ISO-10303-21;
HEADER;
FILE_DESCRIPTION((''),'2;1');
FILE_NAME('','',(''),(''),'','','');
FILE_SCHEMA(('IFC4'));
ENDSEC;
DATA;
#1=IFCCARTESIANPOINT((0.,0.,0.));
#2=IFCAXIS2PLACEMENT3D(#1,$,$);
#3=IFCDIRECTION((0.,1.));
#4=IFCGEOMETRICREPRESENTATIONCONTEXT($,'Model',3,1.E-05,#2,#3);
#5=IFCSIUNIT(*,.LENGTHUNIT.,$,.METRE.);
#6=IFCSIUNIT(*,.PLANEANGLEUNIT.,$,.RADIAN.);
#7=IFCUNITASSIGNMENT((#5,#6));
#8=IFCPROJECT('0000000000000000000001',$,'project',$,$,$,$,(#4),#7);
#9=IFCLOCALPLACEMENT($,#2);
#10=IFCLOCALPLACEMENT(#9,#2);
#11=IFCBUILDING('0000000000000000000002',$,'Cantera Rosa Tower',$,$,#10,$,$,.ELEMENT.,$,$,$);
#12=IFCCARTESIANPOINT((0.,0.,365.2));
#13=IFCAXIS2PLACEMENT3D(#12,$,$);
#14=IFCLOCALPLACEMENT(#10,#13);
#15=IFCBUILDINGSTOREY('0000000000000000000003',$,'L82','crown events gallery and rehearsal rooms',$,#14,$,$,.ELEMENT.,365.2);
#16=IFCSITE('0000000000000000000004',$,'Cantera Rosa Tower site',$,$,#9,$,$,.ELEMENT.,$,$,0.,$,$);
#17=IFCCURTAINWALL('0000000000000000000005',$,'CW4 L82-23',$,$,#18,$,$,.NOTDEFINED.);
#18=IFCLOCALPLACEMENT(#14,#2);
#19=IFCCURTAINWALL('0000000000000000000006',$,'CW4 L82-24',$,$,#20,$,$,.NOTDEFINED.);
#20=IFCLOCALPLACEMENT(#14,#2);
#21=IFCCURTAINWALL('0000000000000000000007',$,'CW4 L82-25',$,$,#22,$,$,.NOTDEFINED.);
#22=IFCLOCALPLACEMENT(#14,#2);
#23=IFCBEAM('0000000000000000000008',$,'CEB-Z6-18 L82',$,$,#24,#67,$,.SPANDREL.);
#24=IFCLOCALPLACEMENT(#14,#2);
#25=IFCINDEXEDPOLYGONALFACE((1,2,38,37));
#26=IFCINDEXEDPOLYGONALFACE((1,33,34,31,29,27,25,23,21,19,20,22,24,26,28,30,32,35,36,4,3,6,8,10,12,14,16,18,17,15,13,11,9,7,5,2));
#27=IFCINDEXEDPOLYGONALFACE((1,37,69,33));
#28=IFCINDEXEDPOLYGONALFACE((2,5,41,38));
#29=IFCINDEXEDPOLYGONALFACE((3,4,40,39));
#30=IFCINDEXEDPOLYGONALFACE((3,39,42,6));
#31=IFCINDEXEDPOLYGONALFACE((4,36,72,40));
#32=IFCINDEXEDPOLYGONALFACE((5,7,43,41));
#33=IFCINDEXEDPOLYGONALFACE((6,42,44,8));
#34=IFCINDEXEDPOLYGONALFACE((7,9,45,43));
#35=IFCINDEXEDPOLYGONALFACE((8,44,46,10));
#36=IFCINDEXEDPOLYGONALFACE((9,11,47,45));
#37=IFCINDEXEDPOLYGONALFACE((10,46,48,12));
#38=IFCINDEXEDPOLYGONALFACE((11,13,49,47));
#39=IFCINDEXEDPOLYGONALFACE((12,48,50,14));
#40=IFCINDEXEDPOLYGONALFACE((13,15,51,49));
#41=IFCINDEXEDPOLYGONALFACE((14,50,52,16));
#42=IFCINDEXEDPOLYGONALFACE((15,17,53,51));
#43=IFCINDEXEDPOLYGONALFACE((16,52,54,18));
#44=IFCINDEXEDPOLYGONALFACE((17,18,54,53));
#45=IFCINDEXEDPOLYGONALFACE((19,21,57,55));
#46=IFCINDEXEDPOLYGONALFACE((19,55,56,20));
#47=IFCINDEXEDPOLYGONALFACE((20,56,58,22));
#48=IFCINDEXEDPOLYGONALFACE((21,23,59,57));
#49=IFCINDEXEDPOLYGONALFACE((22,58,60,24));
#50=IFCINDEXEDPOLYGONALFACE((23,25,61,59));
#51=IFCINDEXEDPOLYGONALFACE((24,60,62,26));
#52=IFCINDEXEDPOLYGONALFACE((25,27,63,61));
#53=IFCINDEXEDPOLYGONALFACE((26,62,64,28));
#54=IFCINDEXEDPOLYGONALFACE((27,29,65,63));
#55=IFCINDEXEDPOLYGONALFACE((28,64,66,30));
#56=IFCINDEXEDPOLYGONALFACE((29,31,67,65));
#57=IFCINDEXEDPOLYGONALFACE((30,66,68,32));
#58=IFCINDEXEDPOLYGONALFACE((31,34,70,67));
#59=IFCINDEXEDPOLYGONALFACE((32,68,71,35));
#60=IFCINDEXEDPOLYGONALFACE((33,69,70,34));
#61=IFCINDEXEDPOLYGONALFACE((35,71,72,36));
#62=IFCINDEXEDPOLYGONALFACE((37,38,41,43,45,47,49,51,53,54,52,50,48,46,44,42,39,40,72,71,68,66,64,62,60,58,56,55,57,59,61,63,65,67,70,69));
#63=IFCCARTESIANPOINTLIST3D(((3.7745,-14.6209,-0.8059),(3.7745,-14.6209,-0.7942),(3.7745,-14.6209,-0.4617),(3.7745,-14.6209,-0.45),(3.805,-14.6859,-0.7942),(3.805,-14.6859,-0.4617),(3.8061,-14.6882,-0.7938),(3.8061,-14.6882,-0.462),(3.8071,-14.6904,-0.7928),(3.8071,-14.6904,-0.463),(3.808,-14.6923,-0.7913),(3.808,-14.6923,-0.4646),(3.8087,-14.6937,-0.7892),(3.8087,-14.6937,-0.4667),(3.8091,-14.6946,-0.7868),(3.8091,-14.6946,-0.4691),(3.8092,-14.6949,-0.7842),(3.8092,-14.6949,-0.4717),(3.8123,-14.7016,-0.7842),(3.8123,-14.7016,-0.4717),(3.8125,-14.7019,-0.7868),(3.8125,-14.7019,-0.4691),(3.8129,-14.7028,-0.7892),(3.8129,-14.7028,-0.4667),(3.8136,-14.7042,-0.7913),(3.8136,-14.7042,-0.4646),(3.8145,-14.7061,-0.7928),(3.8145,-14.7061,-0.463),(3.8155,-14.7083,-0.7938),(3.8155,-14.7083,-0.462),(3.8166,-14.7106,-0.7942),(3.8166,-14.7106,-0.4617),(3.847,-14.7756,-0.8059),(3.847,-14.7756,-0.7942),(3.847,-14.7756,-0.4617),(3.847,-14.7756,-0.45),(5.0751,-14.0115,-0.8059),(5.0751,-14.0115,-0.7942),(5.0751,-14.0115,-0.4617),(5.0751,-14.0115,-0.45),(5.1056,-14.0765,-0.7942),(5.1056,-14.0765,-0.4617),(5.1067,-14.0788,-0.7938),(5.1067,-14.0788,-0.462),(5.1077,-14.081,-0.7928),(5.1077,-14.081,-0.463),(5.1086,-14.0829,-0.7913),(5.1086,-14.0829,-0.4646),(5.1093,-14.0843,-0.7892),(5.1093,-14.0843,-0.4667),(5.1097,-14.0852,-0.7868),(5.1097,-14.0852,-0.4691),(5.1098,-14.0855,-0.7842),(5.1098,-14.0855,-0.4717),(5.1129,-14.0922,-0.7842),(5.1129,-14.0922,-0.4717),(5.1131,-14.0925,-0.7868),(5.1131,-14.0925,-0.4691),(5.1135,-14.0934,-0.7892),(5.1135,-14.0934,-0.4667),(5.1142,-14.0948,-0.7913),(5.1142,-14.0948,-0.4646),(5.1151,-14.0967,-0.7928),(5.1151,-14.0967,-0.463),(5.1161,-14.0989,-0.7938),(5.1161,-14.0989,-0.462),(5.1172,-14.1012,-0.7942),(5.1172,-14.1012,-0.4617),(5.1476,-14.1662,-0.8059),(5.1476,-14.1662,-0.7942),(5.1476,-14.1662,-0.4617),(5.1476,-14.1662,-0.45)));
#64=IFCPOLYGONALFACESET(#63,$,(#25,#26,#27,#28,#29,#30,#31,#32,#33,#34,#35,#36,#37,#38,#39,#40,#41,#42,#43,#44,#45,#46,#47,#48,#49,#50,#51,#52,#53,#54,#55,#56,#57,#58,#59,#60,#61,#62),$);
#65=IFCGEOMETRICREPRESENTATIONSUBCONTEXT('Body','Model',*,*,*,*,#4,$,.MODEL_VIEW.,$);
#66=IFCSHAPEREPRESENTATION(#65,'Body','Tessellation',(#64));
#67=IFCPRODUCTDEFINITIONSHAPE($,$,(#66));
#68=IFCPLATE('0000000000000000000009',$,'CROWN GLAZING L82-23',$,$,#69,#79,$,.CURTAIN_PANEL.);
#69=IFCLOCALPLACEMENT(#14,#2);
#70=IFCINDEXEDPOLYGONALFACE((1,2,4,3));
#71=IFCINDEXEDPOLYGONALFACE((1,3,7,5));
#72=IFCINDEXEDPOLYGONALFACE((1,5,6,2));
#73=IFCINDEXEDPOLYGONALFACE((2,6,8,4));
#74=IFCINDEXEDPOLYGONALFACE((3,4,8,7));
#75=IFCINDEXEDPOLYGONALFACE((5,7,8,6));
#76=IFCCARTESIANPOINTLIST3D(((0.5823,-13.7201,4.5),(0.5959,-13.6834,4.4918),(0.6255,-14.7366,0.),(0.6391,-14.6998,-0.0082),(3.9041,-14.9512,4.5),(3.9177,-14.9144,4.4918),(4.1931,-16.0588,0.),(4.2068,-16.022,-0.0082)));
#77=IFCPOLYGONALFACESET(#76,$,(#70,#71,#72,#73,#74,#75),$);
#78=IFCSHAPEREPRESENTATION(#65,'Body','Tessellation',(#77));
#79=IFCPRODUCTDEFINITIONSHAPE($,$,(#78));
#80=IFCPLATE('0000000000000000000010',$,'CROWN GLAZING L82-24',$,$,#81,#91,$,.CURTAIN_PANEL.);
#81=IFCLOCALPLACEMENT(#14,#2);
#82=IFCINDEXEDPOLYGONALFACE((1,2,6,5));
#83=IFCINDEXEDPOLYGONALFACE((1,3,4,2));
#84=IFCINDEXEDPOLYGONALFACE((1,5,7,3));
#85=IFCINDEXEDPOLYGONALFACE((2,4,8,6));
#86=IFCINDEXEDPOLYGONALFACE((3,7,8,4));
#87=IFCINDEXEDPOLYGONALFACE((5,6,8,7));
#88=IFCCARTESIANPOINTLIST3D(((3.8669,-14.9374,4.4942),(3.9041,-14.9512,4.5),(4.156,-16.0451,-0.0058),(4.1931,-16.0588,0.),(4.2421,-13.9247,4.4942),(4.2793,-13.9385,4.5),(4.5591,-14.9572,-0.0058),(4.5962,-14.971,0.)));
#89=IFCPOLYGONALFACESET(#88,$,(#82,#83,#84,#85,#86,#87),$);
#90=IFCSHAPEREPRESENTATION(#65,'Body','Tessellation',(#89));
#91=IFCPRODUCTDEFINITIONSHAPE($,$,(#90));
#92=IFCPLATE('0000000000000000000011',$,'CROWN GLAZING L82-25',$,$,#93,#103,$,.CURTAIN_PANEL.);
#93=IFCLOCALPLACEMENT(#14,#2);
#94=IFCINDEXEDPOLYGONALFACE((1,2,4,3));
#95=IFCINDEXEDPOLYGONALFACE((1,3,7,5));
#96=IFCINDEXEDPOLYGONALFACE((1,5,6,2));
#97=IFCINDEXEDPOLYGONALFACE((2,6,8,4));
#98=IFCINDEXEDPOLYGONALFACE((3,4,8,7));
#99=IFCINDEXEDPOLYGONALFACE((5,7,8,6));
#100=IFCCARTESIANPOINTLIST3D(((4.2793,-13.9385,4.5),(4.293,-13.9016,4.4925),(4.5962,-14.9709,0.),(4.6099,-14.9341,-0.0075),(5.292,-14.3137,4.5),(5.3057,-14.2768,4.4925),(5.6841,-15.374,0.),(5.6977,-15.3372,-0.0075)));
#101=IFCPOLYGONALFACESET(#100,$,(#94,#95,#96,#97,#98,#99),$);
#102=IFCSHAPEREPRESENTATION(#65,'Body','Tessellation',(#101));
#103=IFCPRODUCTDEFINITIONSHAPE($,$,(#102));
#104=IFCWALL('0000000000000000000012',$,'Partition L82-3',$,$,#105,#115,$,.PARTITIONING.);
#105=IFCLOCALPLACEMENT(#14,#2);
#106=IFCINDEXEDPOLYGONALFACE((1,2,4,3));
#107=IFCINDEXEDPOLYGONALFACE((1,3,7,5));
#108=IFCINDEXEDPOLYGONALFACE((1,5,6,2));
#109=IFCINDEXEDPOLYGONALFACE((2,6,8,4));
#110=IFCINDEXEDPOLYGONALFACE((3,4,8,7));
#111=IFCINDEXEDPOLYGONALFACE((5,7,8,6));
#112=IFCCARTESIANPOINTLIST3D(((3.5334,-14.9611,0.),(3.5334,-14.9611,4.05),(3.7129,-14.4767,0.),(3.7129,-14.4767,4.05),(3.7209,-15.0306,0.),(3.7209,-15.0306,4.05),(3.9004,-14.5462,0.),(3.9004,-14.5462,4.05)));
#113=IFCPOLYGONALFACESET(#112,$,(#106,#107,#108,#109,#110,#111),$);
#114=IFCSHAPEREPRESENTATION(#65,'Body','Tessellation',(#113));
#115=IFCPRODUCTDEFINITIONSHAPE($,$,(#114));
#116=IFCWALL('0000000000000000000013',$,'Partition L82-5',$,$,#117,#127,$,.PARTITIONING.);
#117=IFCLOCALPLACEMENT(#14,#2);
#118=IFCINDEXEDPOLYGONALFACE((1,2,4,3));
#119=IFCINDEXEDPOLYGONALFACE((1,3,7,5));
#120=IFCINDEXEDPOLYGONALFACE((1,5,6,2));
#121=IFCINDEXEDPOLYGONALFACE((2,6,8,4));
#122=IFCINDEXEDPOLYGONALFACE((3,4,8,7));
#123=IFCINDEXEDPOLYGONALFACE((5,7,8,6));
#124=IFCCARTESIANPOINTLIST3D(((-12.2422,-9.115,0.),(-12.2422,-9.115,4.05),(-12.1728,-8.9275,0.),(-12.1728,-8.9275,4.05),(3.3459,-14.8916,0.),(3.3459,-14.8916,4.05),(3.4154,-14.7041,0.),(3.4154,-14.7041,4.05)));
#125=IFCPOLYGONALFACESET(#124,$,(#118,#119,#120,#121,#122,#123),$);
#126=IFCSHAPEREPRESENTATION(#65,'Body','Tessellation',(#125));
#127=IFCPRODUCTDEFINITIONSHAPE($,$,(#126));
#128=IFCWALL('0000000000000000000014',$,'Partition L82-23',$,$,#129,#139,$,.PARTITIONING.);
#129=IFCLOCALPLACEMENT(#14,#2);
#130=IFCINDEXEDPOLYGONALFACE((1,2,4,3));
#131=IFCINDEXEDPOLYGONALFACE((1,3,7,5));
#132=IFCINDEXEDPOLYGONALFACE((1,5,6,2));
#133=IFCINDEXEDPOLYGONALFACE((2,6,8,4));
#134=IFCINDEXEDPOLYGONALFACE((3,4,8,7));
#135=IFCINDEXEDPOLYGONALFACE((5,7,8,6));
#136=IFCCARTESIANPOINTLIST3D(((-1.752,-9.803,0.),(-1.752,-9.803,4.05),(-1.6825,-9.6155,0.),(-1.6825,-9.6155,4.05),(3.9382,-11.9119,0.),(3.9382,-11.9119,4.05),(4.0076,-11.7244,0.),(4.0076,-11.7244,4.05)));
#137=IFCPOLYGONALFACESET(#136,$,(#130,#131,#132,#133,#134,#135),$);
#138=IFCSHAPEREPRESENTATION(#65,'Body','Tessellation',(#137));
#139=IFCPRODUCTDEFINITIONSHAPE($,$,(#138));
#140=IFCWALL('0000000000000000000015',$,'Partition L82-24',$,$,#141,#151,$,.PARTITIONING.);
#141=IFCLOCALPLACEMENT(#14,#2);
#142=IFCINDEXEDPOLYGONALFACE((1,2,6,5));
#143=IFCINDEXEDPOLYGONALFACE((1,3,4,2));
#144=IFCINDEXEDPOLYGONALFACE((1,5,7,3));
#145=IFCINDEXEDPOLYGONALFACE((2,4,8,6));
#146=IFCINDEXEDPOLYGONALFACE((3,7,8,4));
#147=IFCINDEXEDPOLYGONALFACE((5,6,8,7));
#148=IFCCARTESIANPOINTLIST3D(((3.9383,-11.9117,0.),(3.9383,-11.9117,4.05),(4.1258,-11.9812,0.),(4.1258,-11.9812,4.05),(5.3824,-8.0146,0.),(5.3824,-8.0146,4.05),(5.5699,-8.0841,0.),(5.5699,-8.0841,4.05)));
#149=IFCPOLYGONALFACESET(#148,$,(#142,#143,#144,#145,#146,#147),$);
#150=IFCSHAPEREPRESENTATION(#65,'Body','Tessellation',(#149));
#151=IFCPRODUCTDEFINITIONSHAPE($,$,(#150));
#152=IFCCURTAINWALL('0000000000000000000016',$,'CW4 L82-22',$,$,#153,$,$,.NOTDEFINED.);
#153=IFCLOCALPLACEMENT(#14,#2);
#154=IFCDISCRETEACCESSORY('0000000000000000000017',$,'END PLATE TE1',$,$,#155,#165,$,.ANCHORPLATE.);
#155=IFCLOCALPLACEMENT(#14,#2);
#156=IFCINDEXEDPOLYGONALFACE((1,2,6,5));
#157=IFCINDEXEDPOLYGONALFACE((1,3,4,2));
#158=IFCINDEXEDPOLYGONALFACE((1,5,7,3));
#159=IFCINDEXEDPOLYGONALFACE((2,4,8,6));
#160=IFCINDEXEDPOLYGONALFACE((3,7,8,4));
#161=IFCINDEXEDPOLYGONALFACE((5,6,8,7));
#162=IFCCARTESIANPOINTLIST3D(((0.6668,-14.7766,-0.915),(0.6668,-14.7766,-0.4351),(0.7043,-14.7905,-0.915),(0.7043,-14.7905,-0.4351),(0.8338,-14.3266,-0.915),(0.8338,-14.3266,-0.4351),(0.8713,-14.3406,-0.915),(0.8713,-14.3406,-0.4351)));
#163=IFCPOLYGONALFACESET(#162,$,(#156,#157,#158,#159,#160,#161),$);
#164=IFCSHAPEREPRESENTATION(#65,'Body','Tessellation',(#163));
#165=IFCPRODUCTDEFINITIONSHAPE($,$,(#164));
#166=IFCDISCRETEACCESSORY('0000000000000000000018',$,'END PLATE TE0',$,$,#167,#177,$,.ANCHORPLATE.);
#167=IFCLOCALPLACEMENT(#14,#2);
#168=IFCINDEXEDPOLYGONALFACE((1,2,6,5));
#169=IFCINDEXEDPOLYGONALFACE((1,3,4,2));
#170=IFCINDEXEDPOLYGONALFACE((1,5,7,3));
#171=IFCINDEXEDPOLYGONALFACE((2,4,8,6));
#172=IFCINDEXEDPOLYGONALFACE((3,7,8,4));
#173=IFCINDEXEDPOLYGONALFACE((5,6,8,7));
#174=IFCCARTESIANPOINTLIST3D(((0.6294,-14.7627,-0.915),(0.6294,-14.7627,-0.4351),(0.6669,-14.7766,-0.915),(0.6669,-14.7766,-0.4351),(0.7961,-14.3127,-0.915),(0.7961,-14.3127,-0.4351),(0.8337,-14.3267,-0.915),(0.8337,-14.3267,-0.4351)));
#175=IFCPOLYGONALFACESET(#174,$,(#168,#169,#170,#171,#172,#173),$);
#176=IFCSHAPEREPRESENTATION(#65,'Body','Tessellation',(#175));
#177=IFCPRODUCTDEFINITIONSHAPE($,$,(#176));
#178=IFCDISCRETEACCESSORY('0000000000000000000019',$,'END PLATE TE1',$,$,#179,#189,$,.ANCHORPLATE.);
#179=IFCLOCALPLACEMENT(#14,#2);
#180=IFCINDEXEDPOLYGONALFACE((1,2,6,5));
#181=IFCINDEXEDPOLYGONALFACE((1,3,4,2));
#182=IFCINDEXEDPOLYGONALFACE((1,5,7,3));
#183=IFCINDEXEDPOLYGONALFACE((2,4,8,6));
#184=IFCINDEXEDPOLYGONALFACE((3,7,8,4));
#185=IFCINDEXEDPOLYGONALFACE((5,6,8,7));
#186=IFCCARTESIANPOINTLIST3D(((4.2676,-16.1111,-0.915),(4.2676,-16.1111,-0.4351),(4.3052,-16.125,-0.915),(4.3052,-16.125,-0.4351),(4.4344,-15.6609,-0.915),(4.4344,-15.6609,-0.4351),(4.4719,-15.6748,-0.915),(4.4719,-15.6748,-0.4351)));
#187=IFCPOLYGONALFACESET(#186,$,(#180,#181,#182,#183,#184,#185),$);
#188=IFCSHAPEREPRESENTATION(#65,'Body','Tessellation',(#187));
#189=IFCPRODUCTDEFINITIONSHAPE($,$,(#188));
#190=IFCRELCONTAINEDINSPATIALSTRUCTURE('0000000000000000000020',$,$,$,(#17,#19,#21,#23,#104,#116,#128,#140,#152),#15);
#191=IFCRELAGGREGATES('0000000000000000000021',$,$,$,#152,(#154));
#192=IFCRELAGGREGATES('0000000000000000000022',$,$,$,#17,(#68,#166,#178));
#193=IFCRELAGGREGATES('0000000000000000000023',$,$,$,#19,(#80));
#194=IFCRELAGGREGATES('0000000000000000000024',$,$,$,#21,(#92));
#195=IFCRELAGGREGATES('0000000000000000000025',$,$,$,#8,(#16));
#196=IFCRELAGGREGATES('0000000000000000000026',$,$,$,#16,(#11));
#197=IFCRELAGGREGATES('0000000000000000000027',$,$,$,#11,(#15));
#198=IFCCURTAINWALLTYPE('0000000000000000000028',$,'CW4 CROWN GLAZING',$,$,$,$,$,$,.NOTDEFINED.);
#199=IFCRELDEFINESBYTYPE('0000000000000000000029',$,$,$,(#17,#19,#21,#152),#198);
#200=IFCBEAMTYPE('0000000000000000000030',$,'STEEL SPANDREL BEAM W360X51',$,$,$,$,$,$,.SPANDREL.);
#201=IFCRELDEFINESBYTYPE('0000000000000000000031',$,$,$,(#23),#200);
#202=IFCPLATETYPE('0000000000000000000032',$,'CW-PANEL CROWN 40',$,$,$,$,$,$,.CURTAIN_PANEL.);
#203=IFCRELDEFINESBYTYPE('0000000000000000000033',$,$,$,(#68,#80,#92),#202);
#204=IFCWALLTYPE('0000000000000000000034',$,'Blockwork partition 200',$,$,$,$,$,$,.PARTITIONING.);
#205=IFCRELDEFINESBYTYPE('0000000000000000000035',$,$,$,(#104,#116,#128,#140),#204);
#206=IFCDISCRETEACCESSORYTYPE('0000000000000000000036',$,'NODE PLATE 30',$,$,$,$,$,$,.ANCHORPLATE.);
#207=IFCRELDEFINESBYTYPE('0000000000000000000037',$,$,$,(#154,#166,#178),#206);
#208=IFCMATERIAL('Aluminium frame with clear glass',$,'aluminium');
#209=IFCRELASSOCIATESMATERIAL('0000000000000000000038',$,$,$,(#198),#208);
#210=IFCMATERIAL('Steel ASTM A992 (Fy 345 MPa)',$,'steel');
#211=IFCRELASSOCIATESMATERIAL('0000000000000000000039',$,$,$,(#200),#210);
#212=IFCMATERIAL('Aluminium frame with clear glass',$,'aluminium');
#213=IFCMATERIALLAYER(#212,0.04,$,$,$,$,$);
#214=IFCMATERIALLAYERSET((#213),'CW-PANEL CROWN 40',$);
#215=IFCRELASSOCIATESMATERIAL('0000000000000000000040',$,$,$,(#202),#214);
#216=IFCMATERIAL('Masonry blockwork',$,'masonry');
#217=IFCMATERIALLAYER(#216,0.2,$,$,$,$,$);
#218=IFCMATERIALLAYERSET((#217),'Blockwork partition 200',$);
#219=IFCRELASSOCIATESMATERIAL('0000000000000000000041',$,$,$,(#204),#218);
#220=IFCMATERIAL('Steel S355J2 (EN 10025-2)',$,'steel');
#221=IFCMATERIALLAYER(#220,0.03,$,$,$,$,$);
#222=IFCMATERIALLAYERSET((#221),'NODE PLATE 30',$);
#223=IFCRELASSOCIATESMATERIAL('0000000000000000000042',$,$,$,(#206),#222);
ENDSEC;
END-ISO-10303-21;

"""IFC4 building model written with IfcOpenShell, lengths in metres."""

from ifc_helpers import new_model, si_unit, direction, frame, frame_2d, origin, origin_2d, place, context, subcontext, project, spatial, polyline, rectangle, i_section, outline, extrude, material, layer, layer_set, material_profile, profile_set, type_object, element, aggregate, save


model = new_model("IFC4")

# Units and contexts
model_context = context("Model", 3, precision=1e-05, world=origin(), true_north=direction((0.0, 1.0)))
body_context = subcontext(model_context, "Body", "Model", "MODEL_VIEW")
ifc_project = project(units=[si_unit("LENGTHUNIT", "METRE"), si_unit("PLANEANGLEUNIT", "RADIAN")], contexts=[model_context])

# Site, building, storey
site_placement = place(None, origin())
site = spatial("IfcSite", under=ifc_project, at=site_placement, Name="Cantera Rosa Tower site", CompositionType="ELEMENT", RefElevation=0.0)
building_placement = place(site_placement, origin())
building = spatial("IfcBuilding", under=site, at=building_placement, Name="Cantera Rosa Tower", CompositionType="ELEMENT")
storey_placement = place(building_placement, frame((0.0, 0.0, 365.2)))
storey = spatial("IfcBuildingStorey", under=building, at=storey_placement, Name="L82", Description="crown events gallery and rehearsal rooms", CompositionType="ELEMENT", Elevation=365.2)

# Curtain walls
ifc_material_1 = material(Name="Aluminium frame with clear glass", Category="aluminium")
curtain_wall_type = type_object("IfcCurtainWallType", Name="CW4 CROWN GLAZING", PredefinedType="NOTDEFINED", material=ifc_material_1)
curtain_wall_1_placement = place(storey_placement, origin())
curtain_wall_1 = element("IfcCurtainWall", 1, at=curtain_wall_1_placement, inside=storey, type_object=curtain_wall_type, Name="CW4 L82-23", PredefinedType="NOTDEFINED")
curtain_wall_2_placement = place(storey_placement, origin())
curtain_wall_2 = element("IfcCurtainWall", 2, at=curtain_wall_2_placement, inside=storey, type_object=curtain_wall_type, Name="CW4 L82-24", PredefinedType="NOTDEFINED")
curtain_wall_3_placement = place(storey_placement, origin())
curtain_wall_3 = element("IfcCurtainWall", 3, at=curtain_wall_3_placement, inside=storey, type_object=curtain_wall_type, Name="CW4 L82-25", PredefinedType="NOTDEFINED")

# Beam
ifc_material_2 = material(Name="Steel ASTM A992 (Fy 345 MPa)", Category="steel")
ifc_material_profile_1 = material_profile(ifc_material_2, i_section(OverallWidth=0.1709, OverallDepth=0.356, WebThickness=0.0073, FlangeThickness=0.0117, FilletRadius=0.01, at=origin_2d()), Name="W360X51")
ifc_profile_set_1 = profile_set([ifc_material_profile_1], Name="Steel ASTM A992 (Fy 345 MPa)")
beam_type = type_object("IfcBeamType", Name="STEEL SPANDREL BEAM W360X51", PredefinedType="SPANDREL", material=ifc_profile_set_1)
beam_1_placement = place(storey_placement, frame((3.8108, -14.6982, -0.6279), z_axis=(0.905526, 0.42429, 0.0), x_axis=(-0.42429, 0.905526, 0.0)))
element("IfcBeam", 4, at=beam_1_placement, inside=storey, type_object=beam_type, Name="CEB-Z6-18 L82", PredefinedType="SPANDREL", context=body_context, shape_type="SweptSolid", body=[
    extrude(i_section(OverallWidth=0.1709, OverallDepth=0.356, WebThickness=0.0073, FlangeThickness=0.0117, FilletRadius=0.01, at=origin_2d()), origin(), (0.0, 0.0, 1.0), 1.4363),
])

# Plates
ifc_material_3 = material(Name="Aluminium frame with clear glass", Category="aluminium")
ifc_layer_1 = layer(ifc_material_3, 0.04)
ifc_layer_set_1 = layer_set([ifc_layer_1], Name="CW-PANEL CROWN 40")
plate_type = type_object("IfcPlateType", Name="CW-PANEL CROWN 40", PredefinedType="CURTAIN_PANEL", material=ifc_layer_set_1)
plate_1_placement = place(storey_placement, frame((0.6255, -14.7366, 0.0), z_axis=(-0.340191, -0.917944, 0.204078), x_axis=(0.937678, -0.347506, -0.000005)))
plate_1 = element("IfcPlate", 5, at=plate_1_placement, type_object=plate_type, Name="CROWN GLAZING L82-23", PredefinedType="CURTAIN_PANEL", context=body_context, shape_type="SweptSolid", body=[
    extrude(outline(polyline([(0.0, 0.0), (3.8048, 0.0), (3.1488, 4.5968), (-0.3937, 4.5967), (0.0, 0.0)])), origin(), (0.0, 0.0, -1.0), 0.04),
])
plate_2_placement = place(storey_placement, frame((4.1931, -16.0588, 0.0), z_axis=(0.927897, -0.343809, 0.144229), x_axis=(0.347442, 0.937702, 0.000002)))
plate_2 = element("IfcPlate", 6, at=plate_2_placement, type_object=plate_type, Name="CROWN GLAZING L82-24", PredefinedType="CURTAIN_PANEL", context=body_context, shape_type="SweptSolid", body=[
    extrude(outline(polyline([(0.0, 0.0), (1.1602, 0.0), (2.0182, 4.5475), (0.9382, 4.5475), (0.0, 0.0)])), origin(), (0.0, 0.0, -1.0), 0.04),
])
plate_3_placement = place(storey_placement, frame((4.5962, -14.9709, 0.0), z_axis=(-0.341293, -0.921107, 0.1873), x_axis=(0.937702, -0.347442, 0.000002)))
plate_3 = element("IfcPlate", 7, at=plate_3_placement, type_object=plate_type, Name="CROWN GLAZING L82-25", PredefinedType="CURTAIN_PANEL", context=body_context, shape_type="SweptSolid", body=[
    extrude(outline(polyline([(0.0, 0.0), (1.1602, 0.0), (0.4241, 4.5811), (-0.6559, 4.5811), (0.0, 0.0)])), origin(), (0.0, 0.0, -1.0), 0.04),
])

# Walls
ifc_material_4 = material(Name="Masonry blockwork", Category="masonry")
ifc_layer_2 = layer(ifc_material_4, 0.2)
ifc_layer_set_2 = layer_set([ifc_layer_2], Name="Blockwork partition 200")
wall_type = type_object("IfcWallType", Name="Blockwork partition 200", PredefinedType="PARTITIONING", material=ifc_layer_set_2)
wall_1_placement = place(storey_placement, frame((3.6272, -14.9958, 0.0), z_axis=(0.0, 0.0, 1.0), x_axis=(0.347391, 0.93772, 0.0)))
element("IfcWall", 8, at=wall_1_placement, inside=storey, type_object=wall_type, Name="Partition L82-3", PredefinedType="PARTITIONING", context=body_context, shape_type="SweptSolid", body=[
    extrude(rectangle(XDim=0.5166, YDim=0.2, at=frame_2d((0.2583, 0.0))), origin(), (0.0, 0.0, 1.0), 4.05),
])
wall_2_placement = place(storey_placement, frame((3.3806, -14.7979, 0.0), z_axis=(0.0, 0.0, 1.0), x_axis=(-0.937686, 0.347485, 0.0)))
element("IfcWall", 9, at=wall_2_placement, inside=storey, type_object=wall_type, Name="Partition L82-5", PredefinedType="PARTITIONING", context=body_context, shape_type="SweptSolid", body=[
    extrude(rectangle(XDim=16.624, YDim=0.2, at=frame_2d((8.312, 0.0))), origin(), (0.0, 0.0, 1.0), 4.05),
])
wall_3_placement = place(storey_placement, frame((3.9729, -11.8181, 0.0), z_axis=(0.0, 0.0, 1.0), x_axis=(-0.937673, 0.347519, 0.0)))
element("IfcWall", 10, at=wall_3_placement, inside=storey, type_object=wall_type, Name="Partition L82-23", PredefinedType="PARTITIONING", context=body_context, shape_type="SweptSolid", body=[
    extrude(rectangle(XDim=6.0684, YDim=0.2, at=frame_2d((3.0342, 0.0))), origin(), (0.0, 0.0, 1.0), 4.05),
])
wall_4_placement = place(storey_placement, frame((4.032, -11.9465, 0.0), z_axis=(0.0, 0.0, 1.0), x_axis=(0.347477, 0.937689, 0.0)))
element("IfcWall", 11, at=wall_4_placement, inside=storey, type_object=wall_type, Name="Partition L82-24", PredefinedType="PARTITIONING", context=body_context, shape_type="SweptSolid", body=[
    extrude(rectangle(XDim=4.156, YDim=0.2, at=frame_2d((2.0781, 0.0))), origin(), (0.0, 0.0, 1.0), 4.05),
])

# Curtain wall, discrete accessory
curtain_wall_4_placement = place(storey_placement, origin())
curtain_wall_4 = element("IfcCurtainWall", 12, at=curtain_wall_4_placement, inside=storey, type_object=curtain_wall_type, Name="CW4 L82-22", PredefinedType="NOTDEFINED")
ifc_material_5 = material(Name="Steel S355J2 (EN 10025-2)", Category="steel")
ifc_layer_3 = layer(ifc_material_5, 0.03)
ifc_layer_set_3 = layer_set([ifc_layer_3], Name="NODE PLATE 30")
discrete_accessory_type = type_object("IfcDiscreteAccessoryType", Name="NODE PLATE 30", PredefinedType="ANCHORPLATE", material=ifc_layer_set_3)
discrete_accessory_1_placement = place(storey_placement, frame((0.8713, -14.3406, -0.4351), z_axis=(0.937515, -0.347944, 0.0), x_axis=(-0.347944, -0.937515, 0.0)))
discrete_accessory_1 = element("IfcDiscreteAccessory", 13, at=discrete_accessory_1_placement, type_object=discrete_accessory_type, Name="END PLATE TE1", PredefinedType="ANCHORPLATE", context=body_context, shape_type="SweptSolid", body=[
    extrude(outline(polyline([(0.0, 0.0), (0.4799, 0.0), (0.4799, 0.48), (0.0, 0.48), (0.0, 0.0)])), origin(), (0.0, 0.0, -1.0), 0.04),
])
aggregate(curtain_wall_4, [discrete_accessory_1])

# Discrete accessories
discrete_accessory_2_placement = place(storey_placement, frame((0.6294, -14.7627, -0.4351), z_axis=(-0.937681, 0.347497, 0.0), x_axis=(0.347497, 0.937681, 0.0)))
discrete_accessory_2 = element("IfcDiscreteAccessory", 14, at=discrete_accessory_2_placement, type_object=discrete_accessory_type, Name="END PLATE TE0", PredefinedType="ANCHORPLATE", context=body_context, shape_type="SweptSolid", body=[
    extrude(outline(polyline([(0.0, 0.0), (0.4799, 0.0), (0.4799, 0.48), (0.0, 0.48), (0.0, 0.0)])), origin(), (0.0, 0.0, -1.0), 0.04),
])
discrete_accessory_3_placement = place(storey_placement, frame((4.4719, -15.6748, -0.4351), z_axis=(0.937743, -0.347331, 0.0), x_axis=(-0.347331, -0.937743, 0.0)))
discrete_accessory_3 = element("IfcDiscreteAccessory", 15, at=discrete_accessory_3_placement, type_object=discrete_accessory_type, Name="END PLATE TE1", PredefinedType="ANCHORPLATE", context=body_context, shape_type="SweptSolid", body=[
    extrude(outline(polyline([(0.0, 0.0), (0.4801, 0.0), (0.4801, 0.48), (0.0, 0.48), (0.0, 0.0)])), origin(), (0.0, 0.0, -1.0), 0.04),
])
aggregate(curtain_wall_1, [plate_1, discrete_accessory_2, discrete_accessory_3])
aggregate(curtain_wall_2, [plate_2])
aggregate(curtain_wall_3, [plate_3])

save(model, "model.ifc")
